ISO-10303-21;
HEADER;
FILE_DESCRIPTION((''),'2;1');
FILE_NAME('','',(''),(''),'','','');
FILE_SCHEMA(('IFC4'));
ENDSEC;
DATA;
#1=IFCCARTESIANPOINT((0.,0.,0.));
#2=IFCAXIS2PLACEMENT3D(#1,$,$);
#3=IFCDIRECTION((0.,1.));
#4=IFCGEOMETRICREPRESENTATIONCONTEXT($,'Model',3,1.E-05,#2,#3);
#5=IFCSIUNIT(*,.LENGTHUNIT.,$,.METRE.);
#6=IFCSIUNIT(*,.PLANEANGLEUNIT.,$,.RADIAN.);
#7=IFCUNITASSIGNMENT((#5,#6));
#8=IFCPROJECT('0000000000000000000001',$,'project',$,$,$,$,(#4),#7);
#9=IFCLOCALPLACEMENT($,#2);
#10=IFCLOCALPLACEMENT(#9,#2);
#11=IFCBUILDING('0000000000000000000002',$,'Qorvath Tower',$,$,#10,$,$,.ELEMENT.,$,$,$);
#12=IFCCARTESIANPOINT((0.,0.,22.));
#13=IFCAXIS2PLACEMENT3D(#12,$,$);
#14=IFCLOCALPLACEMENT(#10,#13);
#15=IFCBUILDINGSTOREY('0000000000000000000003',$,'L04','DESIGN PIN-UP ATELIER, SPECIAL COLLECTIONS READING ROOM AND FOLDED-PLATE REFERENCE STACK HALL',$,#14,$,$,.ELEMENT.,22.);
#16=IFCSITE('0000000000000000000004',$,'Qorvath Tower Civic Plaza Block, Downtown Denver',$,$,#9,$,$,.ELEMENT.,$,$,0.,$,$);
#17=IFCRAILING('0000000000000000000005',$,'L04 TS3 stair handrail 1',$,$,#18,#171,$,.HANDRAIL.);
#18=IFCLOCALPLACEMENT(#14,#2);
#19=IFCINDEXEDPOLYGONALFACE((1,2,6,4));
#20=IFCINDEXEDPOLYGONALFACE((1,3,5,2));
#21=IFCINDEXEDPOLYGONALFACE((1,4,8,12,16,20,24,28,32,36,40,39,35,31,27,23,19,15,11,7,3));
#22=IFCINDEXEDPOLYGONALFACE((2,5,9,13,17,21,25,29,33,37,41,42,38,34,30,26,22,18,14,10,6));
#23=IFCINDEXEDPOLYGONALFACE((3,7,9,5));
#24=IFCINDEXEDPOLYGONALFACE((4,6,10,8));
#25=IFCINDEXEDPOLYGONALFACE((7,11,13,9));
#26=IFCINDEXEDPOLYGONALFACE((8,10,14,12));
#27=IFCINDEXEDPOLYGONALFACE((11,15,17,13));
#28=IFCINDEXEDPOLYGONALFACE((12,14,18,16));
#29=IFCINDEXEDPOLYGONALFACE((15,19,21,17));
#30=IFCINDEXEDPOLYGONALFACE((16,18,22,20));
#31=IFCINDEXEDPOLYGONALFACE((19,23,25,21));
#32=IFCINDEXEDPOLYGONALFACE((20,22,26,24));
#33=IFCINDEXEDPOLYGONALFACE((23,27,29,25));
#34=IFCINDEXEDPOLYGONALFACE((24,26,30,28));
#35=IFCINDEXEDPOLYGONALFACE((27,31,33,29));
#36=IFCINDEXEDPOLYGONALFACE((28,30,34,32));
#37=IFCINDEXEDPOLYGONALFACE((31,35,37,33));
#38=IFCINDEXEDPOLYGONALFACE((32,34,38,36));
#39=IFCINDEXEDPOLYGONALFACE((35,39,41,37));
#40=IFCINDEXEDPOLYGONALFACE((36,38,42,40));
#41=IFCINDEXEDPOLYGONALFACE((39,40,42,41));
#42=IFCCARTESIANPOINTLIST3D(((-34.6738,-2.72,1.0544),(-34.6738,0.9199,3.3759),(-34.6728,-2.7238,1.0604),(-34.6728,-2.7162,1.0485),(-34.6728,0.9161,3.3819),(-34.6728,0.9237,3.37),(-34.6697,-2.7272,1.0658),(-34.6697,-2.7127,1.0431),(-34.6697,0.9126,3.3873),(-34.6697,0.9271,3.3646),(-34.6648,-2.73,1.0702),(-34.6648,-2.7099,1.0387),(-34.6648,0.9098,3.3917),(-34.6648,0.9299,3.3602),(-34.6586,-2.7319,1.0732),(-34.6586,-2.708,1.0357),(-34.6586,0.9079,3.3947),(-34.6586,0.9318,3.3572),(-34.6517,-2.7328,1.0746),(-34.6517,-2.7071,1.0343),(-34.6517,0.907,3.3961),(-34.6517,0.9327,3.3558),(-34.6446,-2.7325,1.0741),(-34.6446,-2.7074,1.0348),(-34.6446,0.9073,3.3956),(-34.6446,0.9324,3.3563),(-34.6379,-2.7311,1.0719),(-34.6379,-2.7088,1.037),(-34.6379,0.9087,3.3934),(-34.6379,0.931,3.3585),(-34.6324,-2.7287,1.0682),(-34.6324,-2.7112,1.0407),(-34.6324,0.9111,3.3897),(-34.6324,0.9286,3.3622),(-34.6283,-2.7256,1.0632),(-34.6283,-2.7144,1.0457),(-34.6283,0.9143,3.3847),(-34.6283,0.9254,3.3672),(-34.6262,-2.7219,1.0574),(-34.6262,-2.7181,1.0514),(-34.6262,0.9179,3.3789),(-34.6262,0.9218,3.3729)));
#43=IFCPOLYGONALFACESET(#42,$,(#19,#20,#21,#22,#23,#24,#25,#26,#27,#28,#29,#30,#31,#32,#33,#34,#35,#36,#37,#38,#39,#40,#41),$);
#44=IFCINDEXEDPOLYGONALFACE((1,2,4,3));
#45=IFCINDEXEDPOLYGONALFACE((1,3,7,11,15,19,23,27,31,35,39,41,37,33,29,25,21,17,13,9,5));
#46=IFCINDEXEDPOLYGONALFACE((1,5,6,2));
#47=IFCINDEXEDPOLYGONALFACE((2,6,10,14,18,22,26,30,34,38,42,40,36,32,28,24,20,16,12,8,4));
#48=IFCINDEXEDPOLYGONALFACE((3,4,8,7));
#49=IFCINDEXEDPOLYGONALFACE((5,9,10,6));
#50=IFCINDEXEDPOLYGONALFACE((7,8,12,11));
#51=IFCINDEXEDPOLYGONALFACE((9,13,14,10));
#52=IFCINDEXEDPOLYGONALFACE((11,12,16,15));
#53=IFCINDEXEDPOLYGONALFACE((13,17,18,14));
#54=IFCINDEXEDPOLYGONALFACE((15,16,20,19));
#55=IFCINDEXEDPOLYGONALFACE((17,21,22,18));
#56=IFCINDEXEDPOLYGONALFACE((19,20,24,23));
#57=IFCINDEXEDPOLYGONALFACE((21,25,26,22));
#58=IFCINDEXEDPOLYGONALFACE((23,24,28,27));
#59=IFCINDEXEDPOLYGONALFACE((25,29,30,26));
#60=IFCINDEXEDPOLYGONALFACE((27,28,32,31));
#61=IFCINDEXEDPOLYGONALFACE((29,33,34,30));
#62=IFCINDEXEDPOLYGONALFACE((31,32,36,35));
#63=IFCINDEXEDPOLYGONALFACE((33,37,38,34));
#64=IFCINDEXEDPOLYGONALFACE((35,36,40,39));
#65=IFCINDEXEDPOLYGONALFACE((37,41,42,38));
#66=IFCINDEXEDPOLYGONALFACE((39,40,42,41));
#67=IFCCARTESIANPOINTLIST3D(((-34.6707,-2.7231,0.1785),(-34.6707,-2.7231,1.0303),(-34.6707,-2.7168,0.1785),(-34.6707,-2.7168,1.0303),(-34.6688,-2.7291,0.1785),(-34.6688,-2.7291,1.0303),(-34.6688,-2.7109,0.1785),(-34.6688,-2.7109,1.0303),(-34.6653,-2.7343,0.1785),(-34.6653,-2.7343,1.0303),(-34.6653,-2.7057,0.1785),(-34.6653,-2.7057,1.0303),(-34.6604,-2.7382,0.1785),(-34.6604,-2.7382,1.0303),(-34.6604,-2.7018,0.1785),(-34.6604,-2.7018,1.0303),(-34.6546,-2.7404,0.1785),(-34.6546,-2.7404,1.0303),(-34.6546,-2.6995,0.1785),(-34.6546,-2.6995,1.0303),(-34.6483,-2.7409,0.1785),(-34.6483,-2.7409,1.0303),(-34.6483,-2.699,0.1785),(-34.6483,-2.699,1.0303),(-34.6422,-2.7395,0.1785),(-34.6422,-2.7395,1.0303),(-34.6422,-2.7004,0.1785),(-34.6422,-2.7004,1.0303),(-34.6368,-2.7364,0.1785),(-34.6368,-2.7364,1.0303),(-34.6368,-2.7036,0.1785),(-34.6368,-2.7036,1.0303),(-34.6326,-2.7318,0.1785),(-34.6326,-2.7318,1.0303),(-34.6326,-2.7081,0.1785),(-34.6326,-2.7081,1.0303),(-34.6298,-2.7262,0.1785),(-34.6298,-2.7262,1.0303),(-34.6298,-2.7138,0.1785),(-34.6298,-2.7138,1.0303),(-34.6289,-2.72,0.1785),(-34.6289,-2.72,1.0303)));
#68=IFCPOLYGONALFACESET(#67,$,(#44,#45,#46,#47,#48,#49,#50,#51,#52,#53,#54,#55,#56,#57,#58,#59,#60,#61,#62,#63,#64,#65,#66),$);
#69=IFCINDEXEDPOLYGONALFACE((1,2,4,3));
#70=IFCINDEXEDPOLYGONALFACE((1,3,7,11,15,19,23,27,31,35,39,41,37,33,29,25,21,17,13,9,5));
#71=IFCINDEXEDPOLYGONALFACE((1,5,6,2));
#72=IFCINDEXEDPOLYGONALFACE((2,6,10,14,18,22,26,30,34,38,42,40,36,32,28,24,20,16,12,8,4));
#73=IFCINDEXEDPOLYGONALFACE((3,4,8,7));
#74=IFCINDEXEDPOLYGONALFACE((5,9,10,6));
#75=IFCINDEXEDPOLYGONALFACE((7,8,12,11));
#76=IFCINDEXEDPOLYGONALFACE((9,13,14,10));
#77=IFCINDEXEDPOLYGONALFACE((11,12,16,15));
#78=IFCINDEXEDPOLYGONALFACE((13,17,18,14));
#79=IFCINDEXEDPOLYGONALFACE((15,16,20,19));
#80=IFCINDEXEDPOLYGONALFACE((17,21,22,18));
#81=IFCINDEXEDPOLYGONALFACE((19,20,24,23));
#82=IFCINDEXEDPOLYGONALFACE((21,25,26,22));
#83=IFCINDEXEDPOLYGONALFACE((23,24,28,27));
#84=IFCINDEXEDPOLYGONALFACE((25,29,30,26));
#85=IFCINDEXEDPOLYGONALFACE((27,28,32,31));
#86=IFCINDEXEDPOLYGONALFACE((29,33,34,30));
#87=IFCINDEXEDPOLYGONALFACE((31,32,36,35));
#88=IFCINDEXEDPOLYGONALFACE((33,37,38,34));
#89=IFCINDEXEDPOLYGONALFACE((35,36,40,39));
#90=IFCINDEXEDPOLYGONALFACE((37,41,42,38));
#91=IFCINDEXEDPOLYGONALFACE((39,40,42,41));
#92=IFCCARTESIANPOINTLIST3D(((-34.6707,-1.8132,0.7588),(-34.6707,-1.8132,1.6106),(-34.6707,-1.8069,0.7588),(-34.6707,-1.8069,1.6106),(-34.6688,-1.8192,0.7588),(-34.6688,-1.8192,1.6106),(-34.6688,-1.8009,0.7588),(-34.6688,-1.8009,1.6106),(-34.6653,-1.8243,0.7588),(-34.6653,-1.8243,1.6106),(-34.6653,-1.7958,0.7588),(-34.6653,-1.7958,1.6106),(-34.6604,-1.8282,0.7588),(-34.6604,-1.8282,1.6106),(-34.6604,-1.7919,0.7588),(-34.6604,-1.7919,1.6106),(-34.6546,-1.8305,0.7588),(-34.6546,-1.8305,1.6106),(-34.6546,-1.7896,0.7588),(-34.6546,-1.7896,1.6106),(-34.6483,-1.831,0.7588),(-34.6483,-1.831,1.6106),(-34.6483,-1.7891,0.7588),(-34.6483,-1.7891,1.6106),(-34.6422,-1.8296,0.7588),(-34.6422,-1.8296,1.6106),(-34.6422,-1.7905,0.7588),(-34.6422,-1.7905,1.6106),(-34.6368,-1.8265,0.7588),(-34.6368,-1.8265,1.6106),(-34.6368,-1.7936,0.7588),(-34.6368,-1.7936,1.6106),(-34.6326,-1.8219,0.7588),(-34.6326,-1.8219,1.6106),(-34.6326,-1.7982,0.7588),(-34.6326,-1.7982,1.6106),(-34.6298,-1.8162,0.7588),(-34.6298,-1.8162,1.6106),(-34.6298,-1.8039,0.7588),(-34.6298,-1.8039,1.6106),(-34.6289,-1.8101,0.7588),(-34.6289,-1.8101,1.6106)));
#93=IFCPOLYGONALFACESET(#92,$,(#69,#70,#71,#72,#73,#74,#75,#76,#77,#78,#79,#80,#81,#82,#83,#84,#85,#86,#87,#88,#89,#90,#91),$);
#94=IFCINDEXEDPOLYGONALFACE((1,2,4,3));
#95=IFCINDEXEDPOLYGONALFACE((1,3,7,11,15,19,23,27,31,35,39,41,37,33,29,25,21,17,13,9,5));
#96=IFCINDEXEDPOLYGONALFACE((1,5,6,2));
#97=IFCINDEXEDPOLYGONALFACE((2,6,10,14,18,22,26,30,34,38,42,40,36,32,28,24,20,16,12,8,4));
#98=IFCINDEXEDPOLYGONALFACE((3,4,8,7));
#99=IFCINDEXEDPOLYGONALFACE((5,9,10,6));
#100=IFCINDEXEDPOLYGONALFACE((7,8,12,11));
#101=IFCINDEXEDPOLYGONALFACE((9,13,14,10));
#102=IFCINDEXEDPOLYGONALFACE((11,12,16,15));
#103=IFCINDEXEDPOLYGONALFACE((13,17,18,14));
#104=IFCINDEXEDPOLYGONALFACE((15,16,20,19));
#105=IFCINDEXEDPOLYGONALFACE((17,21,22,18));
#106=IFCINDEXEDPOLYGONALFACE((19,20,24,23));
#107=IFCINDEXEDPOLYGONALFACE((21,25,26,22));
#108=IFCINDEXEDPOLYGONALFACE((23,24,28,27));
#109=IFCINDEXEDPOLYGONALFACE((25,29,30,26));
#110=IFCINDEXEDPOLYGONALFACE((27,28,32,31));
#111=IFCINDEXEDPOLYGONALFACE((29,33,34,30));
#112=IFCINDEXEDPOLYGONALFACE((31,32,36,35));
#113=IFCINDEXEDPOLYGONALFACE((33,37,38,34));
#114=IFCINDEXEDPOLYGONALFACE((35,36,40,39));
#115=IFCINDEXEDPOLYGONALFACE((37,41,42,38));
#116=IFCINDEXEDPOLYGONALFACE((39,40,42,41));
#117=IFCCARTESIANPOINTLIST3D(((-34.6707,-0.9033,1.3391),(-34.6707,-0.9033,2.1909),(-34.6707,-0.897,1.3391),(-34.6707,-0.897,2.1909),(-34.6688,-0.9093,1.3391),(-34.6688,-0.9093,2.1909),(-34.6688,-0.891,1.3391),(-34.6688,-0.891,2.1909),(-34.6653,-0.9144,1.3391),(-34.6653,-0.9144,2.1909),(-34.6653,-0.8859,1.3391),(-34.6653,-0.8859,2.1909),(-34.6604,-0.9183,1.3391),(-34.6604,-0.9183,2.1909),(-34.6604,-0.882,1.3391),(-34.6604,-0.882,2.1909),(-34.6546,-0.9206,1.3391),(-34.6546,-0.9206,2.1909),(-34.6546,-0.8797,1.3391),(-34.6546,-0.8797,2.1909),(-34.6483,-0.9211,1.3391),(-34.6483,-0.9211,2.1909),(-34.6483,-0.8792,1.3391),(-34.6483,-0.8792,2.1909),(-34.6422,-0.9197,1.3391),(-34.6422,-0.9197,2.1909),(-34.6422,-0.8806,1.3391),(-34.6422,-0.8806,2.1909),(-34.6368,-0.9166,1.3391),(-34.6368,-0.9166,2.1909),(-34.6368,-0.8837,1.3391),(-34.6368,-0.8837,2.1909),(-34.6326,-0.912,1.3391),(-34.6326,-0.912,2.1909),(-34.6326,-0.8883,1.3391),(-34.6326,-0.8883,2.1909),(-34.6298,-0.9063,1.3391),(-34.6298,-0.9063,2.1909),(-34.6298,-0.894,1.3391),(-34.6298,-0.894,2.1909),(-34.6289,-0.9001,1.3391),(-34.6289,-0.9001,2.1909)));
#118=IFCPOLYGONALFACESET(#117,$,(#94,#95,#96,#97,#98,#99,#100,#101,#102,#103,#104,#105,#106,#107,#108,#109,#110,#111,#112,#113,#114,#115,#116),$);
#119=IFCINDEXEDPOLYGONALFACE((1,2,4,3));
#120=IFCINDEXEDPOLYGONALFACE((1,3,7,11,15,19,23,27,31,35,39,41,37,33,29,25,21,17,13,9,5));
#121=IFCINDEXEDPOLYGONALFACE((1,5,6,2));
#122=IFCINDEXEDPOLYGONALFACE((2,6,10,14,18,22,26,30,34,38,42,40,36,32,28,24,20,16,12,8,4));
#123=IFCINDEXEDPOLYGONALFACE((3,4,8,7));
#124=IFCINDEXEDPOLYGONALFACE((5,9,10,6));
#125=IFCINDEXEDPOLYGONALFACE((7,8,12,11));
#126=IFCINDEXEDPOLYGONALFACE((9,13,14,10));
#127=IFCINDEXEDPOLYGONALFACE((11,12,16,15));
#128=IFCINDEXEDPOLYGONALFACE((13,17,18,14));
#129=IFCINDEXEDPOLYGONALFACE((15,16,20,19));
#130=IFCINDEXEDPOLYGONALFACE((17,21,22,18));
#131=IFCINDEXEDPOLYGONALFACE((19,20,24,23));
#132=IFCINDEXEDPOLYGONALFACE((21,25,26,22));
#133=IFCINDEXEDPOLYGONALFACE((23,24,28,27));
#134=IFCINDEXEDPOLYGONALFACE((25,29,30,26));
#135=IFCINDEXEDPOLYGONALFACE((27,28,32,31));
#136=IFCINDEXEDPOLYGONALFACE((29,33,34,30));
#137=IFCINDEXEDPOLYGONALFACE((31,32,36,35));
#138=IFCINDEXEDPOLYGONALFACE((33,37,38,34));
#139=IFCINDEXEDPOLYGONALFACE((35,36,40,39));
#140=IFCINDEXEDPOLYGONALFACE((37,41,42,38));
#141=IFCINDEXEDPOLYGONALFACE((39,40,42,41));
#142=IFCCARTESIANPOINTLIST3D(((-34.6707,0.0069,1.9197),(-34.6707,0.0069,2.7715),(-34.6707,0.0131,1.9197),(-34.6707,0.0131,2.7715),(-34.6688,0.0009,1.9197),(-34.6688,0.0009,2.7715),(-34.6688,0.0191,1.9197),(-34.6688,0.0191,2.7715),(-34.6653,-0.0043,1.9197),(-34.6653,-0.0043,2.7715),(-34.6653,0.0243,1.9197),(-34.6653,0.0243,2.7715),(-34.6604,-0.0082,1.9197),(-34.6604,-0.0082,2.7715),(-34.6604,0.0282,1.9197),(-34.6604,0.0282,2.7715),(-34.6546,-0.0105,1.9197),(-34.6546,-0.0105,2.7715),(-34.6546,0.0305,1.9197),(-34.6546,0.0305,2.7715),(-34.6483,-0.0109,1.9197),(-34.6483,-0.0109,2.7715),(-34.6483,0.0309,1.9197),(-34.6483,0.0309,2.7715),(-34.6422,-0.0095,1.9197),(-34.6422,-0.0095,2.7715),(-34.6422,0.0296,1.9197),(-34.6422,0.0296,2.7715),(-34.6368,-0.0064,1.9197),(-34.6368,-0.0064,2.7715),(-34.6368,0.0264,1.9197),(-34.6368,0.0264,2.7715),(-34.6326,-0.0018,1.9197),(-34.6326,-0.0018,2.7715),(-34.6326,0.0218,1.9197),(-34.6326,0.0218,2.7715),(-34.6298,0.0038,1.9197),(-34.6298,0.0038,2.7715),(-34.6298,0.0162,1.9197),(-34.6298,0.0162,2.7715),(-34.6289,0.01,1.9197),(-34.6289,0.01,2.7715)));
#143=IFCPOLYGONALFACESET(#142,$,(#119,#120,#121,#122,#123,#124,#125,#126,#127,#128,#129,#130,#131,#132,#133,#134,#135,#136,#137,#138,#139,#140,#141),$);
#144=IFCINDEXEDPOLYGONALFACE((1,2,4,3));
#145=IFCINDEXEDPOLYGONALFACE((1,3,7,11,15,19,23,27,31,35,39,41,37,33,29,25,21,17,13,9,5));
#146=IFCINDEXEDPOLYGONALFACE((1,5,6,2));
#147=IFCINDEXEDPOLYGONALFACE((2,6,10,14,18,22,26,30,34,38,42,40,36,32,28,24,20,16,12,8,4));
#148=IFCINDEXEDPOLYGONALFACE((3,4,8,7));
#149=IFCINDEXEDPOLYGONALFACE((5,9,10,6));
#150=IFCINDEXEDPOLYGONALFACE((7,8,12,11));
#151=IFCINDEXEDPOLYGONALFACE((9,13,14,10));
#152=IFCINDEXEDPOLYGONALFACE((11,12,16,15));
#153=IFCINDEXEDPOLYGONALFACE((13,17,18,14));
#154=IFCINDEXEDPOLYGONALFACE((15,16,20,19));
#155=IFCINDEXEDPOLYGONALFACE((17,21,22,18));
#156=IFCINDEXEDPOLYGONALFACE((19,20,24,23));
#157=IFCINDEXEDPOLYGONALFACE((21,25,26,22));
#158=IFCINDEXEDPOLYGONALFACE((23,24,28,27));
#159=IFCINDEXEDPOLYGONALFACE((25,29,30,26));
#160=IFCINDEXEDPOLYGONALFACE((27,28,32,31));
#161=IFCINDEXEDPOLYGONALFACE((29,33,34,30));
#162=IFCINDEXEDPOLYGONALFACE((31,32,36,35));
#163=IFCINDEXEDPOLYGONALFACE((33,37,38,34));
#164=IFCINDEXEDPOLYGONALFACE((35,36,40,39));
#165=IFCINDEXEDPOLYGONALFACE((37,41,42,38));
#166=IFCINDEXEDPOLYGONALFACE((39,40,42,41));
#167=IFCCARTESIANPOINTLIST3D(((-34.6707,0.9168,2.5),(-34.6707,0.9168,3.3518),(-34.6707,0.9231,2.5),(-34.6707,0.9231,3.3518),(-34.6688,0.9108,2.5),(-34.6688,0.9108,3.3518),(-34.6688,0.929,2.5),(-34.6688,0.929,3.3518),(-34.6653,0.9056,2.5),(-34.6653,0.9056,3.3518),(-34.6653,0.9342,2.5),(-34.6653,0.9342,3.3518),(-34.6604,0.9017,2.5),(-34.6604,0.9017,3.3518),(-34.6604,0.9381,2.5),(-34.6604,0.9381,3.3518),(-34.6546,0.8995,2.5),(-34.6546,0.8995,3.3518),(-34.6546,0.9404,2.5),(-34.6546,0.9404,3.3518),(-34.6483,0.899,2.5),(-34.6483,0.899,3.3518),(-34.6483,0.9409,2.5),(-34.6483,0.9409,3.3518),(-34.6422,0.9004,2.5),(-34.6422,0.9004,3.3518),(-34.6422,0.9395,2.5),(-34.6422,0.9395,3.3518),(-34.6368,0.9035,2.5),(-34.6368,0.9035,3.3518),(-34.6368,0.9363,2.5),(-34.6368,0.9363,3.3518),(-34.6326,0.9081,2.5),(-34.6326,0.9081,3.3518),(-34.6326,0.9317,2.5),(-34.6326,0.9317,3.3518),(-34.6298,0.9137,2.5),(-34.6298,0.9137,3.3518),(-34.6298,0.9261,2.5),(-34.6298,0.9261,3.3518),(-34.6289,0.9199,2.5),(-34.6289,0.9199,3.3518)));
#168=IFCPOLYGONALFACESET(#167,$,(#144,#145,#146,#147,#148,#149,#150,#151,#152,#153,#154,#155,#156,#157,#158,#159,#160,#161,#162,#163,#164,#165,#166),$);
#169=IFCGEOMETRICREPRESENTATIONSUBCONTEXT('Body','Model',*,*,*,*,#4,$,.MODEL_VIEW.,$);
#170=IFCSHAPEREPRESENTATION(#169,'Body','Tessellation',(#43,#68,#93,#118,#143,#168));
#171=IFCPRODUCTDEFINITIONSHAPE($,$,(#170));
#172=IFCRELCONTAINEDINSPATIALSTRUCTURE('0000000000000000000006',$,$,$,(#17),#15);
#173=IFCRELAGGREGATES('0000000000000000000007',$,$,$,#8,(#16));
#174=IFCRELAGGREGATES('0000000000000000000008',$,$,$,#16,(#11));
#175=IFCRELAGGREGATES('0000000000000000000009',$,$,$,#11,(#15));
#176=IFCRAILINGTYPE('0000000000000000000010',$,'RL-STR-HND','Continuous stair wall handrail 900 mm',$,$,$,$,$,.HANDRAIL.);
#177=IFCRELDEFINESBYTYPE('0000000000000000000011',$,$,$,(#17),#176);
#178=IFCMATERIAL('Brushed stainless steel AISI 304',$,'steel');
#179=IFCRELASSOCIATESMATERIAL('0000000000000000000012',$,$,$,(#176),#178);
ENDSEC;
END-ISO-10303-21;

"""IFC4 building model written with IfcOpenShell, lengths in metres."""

from ifc_helpers import new_model, si_unit, direction, frame, origin, origin_2d, place, context, subcontext, project, spatial, circle, extrude, material, type_object, element, save


model = new_model("IFC4")

# Units and contexts
model_context = context("Model", 3, precision=1e-05, world=origin(), true_north=direction((0.0, 1.0)))
body_context = subcontext(model_context, "Body", "Model", "MODEL_VIEW")
ifc_project = project(units=[si_unit("LENGTHUNIT", "METRE"), si_unit("PLANEANGLEUNIT", "RADIAN")], contexts=[model_context])

# Site, building, storey
site_placement = place(None, origin())
site = spatial("IfcSite", under=ifc_project, at=site_placement, Name="Qorvath Tower Civic Plaza Block, Downtown Denver", CompositionType="ELEMENT", RefElevation=0.0)
building_placement = place(site_placement, origin())
building = spatial("IfcBuilding", under=site, at=building_placement, Name="Qorvath Tower", CompositionType="ELEMENT")
storey_placement = place(building_placement, frame((0.0, 0.0, 22.0)))
storey = spatial("IfcBuildingStorey", under=building, at=storey_placement, Name="L04", Description="DESIGN PIN-UP ATELIER, SPECIAL COLLECTIONS READING ROOM AND FOLDED-PLATE REFERENCE STACK HALL", CompositionType="ELEMENT", Elevation=22.0)

# Railing
ifc_material_1 = material(Name="Brushed stainless steel AISI 304", Category="steel")
railing_type = type_object("IfcRailingType", Name="RL-STR-HND", Description="Continuous stair wall handrail 900 mm", PredefinedType="HANDRAIL", material=ifc_material_1)
railing_placement = place(storey_placement, frame((-34.6499, -2.72, 0.1785)))
element("IfcRailing", 1, at=railing_placement, inside=storey, type_object=railing_type, Name="L04 TS3 stair handrail 1", PredefinedType="HANDRAIL", context=body_context, shape_type="SweptSolid", body=[
    extrude(circle(Radius=0.0239, at=origin_2d()), frame((0.0, 0.0, 0.876), z_axis=(0.0, 0.843112, 0.537739), x_axis=(-1.0, 0.0, 0.0)), (0.0, 0.0, 1.0), 4.3171),
    extrude(circle(Radius=0.021, at=origin_2d()), origin(), (0.0, 0.0, 1.0), 0.8518),
    extrude(circle(Radius=0.021, at=origin_2d()), frame((0.0, 0.9099, 0.5803)), (0.0, 0.0, 1.0), 0.8518),
    extrude(circle(Radius=0.021, at=origin_2d()), frame((0.0, 1.8198, 1.1606)), (0.0, 0.0, 1.0), 0.8518),
    extrude(circle(Radius=0.021, at=origin_2d()), frame((0.0, 2.73, 1.7412)), (0.0, 0.0, 1.0), 0.8518),
    extrude(circle(Radius=0.021, at=origin_2d()), frame((0.0, 3.6399, 2.3215)), (0.0, 0.0, 1.0), 0.8518),
])

save(model, "model.ifc")
